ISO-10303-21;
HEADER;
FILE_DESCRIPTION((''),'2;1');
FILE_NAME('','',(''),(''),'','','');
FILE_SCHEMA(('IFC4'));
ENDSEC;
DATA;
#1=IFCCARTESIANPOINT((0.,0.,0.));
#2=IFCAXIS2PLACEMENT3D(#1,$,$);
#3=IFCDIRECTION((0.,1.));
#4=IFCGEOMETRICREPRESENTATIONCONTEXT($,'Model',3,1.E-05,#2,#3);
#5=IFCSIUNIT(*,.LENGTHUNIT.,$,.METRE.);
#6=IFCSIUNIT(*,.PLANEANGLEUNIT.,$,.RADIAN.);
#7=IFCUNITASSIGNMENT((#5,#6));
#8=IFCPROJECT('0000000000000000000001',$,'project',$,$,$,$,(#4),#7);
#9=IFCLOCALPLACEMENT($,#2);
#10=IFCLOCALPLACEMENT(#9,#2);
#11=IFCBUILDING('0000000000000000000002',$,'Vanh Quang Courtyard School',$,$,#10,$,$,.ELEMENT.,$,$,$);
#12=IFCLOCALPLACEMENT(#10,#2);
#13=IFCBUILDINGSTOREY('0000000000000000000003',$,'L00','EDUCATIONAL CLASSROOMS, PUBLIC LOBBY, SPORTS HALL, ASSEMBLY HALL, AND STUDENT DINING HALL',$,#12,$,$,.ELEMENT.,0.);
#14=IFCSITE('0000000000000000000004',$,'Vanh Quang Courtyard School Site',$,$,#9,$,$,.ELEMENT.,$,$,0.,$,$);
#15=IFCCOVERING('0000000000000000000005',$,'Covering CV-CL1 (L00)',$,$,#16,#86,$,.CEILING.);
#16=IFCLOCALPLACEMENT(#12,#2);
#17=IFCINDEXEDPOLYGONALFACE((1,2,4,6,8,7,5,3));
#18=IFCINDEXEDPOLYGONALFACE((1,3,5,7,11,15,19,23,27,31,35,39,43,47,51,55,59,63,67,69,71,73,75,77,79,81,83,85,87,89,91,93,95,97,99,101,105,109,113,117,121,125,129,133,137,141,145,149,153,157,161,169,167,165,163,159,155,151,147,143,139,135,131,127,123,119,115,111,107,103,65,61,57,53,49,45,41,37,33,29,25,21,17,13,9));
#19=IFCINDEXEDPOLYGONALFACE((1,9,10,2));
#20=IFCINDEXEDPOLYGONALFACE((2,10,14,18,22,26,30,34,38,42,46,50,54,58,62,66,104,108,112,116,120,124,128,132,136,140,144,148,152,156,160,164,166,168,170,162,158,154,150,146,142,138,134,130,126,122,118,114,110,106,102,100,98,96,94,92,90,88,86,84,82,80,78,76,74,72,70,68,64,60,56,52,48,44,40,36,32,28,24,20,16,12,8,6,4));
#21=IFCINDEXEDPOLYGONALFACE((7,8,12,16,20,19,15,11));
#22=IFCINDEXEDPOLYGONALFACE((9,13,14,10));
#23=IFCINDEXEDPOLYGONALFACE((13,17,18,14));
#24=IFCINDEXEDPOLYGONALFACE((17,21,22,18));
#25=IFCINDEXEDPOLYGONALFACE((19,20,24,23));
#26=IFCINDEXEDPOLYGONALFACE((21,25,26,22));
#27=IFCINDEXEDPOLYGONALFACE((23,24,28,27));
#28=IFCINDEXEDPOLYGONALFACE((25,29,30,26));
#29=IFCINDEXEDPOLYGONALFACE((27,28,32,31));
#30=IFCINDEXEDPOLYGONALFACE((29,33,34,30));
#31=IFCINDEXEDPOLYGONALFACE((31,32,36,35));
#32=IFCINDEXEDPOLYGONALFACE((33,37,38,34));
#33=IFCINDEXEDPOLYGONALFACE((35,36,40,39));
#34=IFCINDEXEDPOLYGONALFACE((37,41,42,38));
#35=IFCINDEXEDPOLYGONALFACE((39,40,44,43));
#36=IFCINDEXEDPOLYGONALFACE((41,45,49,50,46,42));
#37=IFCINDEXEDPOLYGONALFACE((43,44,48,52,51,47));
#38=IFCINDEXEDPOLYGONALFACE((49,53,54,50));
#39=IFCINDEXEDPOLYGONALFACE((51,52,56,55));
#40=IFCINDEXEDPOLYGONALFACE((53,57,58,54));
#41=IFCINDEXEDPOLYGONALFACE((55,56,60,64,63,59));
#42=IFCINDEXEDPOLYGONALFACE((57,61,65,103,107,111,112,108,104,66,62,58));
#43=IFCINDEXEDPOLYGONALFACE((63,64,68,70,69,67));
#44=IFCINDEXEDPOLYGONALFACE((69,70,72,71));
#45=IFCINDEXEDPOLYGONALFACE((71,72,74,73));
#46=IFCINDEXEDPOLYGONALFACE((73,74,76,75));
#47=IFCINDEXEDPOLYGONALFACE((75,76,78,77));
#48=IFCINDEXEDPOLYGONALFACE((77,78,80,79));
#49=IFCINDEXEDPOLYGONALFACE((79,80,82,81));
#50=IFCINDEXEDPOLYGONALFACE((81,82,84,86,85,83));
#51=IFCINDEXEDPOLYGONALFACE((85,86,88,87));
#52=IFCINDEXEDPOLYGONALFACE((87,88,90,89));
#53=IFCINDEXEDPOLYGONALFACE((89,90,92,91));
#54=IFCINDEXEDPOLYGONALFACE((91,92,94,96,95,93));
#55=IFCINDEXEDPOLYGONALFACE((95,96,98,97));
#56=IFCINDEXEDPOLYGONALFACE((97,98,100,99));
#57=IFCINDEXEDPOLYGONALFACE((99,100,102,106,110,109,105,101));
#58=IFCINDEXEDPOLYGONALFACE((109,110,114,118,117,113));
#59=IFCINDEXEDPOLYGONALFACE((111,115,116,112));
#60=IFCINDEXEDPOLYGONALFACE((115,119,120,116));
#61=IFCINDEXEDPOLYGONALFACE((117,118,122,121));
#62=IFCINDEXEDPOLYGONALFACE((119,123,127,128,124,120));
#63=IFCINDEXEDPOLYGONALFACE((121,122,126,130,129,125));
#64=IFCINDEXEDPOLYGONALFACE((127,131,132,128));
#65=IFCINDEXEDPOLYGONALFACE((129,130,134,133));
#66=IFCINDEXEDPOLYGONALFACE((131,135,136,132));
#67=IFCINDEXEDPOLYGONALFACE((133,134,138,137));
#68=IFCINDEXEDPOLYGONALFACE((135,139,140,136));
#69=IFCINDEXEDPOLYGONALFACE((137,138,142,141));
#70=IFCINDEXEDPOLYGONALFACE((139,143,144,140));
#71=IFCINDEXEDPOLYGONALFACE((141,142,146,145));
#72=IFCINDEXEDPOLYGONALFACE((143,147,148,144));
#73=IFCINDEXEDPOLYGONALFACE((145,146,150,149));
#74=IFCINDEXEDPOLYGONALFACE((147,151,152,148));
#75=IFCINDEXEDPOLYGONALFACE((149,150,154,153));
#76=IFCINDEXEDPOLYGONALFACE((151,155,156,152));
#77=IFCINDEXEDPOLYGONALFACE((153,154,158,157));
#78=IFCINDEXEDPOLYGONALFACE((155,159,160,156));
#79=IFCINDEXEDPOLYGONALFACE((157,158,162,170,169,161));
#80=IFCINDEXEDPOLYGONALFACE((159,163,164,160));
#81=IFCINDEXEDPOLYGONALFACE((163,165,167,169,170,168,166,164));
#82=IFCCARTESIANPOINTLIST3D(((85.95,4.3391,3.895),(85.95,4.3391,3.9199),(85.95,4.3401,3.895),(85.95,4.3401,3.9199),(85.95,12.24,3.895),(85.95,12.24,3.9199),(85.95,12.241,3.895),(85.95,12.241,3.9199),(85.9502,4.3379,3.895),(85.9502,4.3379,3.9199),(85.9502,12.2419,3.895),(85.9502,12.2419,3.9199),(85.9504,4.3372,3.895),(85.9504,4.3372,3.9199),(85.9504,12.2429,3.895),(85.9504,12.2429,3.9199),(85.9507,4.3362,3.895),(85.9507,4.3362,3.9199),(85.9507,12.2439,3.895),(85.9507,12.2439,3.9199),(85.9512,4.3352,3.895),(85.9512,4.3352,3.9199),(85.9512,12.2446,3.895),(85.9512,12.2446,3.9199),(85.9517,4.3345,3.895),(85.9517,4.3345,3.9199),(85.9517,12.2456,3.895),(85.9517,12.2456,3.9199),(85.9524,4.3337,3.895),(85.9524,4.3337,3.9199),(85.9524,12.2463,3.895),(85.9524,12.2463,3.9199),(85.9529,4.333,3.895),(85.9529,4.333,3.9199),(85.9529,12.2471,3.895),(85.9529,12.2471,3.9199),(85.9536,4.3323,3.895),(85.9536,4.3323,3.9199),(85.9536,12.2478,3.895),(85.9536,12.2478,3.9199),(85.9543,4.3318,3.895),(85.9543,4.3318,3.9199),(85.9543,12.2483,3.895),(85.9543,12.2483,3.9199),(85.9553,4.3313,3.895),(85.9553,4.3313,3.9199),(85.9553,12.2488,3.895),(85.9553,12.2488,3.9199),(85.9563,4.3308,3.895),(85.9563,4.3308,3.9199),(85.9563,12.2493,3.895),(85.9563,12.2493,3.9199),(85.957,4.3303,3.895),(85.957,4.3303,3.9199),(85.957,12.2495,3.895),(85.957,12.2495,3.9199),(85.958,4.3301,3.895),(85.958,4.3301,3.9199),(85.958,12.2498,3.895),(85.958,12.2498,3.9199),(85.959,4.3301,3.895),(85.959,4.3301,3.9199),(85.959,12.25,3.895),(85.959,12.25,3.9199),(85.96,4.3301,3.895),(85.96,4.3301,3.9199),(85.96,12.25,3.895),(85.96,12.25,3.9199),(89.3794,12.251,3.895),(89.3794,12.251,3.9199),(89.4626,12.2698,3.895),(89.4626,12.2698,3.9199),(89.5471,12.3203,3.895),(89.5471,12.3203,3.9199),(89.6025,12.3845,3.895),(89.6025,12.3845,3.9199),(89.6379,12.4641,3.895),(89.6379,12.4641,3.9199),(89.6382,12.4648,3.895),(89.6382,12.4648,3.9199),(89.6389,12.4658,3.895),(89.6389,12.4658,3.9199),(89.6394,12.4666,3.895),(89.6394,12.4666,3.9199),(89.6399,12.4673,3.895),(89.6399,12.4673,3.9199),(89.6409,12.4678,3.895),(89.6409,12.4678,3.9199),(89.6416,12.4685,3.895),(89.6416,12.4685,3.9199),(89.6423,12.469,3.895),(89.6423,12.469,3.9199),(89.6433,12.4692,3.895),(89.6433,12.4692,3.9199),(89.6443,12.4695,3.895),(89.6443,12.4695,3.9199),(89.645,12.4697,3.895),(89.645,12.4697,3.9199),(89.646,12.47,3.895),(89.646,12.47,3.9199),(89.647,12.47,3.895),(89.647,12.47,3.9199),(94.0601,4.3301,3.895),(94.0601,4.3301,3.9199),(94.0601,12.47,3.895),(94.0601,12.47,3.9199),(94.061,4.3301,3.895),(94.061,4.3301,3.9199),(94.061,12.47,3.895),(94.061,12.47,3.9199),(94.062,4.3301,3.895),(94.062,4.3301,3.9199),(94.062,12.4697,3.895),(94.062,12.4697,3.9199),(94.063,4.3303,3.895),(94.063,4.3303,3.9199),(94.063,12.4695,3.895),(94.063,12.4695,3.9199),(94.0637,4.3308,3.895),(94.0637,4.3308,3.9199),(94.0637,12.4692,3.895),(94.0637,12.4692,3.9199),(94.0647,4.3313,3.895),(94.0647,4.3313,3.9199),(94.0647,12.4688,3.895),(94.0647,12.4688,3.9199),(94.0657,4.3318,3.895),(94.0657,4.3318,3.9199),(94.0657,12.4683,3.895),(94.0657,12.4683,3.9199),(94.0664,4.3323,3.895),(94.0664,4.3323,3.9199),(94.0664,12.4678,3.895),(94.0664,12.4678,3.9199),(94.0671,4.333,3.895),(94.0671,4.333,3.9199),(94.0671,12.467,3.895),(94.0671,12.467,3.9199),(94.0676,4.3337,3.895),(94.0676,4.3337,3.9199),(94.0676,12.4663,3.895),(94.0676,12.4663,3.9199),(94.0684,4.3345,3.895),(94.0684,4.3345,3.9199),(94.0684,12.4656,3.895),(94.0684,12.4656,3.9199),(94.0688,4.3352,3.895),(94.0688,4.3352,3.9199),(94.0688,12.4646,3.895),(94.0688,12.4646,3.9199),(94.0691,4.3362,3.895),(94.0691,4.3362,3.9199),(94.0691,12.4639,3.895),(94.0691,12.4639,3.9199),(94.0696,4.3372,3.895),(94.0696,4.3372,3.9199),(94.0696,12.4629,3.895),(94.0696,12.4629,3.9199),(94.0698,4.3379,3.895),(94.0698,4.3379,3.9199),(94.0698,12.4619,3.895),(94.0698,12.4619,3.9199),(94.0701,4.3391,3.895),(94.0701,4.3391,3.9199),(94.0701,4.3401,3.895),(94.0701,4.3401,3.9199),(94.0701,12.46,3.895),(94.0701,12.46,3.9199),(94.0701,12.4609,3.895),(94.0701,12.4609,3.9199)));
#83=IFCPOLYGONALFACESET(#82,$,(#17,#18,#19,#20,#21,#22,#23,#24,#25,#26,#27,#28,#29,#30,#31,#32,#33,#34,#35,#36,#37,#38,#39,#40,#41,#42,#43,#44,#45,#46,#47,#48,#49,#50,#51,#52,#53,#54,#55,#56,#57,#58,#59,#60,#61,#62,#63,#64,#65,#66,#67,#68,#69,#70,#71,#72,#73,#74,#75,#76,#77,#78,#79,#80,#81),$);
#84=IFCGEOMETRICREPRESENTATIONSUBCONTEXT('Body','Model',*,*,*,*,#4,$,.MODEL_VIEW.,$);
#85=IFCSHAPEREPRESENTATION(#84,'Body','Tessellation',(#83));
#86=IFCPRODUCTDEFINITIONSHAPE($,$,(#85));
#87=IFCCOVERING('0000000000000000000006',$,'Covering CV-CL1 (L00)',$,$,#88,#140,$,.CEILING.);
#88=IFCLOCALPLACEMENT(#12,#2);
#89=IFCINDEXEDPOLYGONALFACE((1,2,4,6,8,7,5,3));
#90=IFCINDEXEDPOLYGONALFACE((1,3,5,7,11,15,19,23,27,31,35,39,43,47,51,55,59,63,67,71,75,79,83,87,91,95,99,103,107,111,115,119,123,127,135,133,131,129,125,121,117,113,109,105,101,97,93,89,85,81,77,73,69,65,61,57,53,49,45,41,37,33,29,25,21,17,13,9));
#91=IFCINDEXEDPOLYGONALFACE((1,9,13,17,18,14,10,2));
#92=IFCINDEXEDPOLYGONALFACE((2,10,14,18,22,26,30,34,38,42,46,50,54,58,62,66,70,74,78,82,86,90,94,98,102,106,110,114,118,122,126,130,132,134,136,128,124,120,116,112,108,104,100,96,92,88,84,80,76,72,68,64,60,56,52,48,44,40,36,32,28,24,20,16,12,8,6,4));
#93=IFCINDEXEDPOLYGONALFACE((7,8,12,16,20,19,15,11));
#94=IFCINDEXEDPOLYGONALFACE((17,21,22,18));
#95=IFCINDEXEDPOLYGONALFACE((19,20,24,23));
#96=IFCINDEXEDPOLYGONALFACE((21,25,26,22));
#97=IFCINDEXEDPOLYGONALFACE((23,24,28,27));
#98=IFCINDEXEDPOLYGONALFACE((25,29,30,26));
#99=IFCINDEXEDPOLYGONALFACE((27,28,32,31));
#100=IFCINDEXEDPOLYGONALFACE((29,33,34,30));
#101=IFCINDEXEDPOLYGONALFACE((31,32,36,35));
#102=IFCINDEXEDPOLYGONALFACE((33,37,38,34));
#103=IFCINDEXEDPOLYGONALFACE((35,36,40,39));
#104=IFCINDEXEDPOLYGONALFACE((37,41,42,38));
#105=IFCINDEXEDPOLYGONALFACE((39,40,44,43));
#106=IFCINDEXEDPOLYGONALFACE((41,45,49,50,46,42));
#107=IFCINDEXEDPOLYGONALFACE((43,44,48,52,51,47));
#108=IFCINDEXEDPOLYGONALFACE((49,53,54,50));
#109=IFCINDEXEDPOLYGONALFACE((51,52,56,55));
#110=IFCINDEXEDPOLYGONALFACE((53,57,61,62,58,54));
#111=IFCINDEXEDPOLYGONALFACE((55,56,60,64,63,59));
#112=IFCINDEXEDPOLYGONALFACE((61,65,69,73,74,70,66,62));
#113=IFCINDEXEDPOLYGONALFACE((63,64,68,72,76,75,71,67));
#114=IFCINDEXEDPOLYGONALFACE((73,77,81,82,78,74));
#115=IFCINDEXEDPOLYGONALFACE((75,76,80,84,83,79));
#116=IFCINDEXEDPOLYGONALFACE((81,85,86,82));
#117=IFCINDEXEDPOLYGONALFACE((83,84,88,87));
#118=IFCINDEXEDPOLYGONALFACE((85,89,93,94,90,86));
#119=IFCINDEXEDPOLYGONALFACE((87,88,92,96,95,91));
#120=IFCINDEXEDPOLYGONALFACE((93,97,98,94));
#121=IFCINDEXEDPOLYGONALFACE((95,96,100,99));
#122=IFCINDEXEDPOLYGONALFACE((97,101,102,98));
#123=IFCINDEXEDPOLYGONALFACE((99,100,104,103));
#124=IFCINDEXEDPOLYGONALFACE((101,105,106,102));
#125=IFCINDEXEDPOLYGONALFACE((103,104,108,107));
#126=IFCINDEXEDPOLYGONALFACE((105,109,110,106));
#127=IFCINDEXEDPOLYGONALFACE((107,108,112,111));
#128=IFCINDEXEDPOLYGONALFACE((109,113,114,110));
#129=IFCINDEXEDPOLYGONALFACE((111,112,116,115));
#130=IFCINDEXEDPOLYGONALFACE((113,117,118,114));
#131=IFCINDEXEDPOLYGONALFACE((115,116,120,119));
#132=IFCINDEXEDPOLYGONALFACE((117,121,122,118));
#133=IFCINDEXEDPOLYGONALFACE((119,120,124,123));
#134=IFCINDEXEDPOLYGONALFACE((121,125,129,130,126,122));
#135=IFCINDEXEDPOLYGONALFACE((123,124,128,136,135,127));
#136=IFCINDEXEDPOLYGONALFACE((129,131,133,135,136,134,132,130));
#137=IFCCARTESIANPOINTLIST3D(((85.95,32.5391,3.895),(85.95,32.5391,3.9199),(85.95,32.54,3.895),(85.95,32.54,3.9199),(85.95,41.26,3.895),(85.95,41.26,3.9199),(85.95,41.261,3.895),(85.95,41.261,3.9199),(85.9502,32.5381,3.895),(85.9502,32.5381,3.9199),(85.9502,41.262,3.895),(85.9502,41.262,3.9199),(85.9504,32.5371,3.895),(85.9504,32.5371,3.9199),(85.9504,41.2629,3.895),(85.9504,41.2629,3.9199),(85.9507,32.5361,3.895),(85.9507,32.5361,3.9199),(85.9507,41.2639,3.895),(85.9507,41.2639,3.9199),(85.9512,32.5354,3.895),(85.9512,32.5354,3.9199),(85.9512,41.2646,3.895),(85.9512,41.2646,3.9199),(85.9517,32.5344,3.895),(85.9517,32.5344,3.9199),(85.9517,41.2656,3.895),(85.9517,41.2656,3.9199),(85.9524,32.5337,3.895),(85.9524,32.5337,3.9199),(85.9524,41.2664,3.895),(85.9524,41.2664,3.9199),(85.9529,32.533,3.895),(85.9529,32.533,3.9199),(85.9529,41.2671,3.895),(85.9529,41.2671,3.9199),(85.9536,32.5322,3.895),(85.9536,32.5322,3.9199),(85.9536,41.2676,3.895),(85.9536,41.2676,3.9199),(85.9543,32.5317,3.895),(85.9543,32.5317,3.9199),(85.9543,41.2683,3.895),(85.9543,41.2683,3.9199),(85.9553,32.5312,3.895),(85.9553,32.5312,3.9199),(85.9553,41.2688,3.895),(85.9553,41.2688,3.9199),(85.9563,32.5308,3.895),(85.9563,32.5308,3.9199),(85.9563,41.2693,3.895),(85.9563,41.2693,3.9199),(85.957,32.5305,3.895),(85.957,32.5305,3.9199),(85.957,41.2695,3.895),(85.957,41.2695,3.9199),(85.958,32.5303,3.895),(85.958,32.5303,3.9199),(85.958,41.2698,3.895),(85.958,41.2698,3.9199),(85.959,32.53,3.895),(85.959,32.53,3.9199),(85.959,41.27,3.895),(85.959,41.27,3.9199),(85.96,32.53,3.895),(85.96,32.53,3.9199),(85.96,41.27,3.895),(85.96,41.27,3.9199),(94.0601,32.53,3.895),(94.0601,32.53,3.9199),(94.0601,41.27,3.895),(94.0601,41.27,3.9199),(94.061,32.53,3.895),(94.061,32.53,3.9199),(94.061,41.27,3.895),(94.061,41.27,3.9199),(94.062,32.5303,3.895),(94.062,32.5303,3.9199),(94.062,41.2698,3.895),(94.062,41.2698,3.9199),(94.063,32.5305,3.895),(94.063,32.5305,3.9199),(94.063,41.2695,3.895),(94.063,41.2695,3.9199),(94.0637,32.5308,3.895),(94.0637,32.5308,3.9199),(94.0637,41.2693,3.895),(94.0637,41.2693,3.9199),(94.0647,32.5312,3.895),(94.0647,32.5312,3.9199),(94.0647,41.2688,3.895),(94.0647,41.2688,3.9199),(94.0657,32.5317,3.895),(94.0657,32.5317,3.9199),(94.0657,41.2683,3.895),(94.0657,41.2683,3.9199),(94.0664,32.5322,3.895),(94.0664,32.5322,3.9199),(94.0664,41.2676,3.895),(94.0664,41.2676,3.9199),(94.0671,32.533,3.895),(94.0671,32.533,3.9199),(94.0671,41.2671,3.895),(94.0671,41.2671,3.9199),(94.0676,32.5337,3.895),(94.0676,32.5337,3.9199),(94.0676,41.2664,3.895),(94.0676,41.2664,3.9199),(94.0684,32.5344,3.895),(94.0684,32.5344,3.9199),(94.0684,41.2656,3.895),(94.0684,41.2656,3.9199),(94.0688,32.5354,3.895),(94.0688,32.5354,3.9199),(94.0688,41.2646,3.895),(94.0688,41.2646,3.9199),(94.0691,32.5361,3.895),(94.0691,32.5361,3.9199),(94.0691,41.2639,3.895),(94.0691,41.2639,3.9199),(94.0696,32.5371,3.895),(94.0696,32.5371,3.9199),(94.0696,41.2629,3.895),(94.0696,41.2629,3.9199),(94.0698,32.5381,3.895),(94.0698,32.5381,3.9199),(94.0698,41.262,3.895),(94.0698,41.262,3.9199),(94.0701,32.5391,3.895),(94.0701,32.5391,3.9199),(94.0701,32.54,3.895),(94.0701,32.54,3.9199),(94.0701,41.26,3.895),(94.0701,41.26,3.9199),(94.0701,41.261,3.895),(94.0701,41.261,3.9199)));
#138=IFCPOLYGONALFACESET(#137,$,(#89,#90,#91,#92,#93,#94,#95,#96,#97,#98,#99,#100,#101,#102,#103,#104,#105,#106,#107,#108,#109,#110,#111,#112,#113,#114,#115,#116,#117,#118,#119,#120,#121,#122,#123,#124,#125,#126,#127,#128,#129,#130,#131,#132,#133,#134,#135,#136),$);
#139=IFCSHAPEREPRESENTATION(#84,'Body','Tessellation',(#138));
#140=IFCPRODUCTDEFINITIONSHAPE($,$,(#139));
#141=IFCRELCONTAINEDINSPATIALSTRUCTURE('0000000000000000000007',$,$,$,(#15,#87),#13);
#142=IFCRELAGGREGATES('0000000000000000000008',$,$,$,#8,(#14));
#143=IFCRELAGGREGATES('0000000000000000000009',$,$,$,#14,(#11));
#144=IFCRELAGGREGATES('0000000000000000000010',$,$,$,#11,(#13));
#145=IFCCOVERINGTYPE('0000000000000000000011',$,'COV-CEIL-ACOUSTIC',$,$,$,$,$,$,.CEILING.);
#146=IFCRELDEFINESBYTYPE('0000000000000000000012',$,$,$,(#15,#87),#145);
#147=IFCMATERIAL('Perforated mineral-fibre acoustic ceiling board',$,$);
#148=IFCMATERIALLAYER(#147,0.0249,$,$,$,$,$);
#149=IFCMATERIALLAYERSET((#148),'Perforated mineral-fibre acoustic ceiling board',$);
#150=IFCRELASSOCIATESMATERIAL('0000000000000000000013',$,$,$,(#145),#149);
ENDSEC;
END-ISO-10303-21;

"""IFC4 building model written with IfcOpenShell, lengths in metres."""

from ifc_helpers import new_model, si_unit, direction, frame, origin, place, context, subcontext, project, spatial, polyline, outline, extrude, material, layer, layer_set, type_object, element, save


model = new_model("IFC4")

# Units and contexts
model_context = context("Model", 3, precision=1e-05, world=origin(), true_north=direction((0.0, 1.0)))
body_context = subcontext(model_context, "Body", "Model", "MODEL_VIEW")
ifc_project = project(units=[si_unit("LENGTHUNIT", "METRE"), si_unit("PLANEANGLEUNIT", "RADIAN")], contexts=[model_context])

# Site, building, storey
site_placement = place(None, origin())
site = spatial("IfcSite", under=ifc_project, at=site_placement, Name="Vanh Quang Courtyard School Site", CompositionType="ELEMENT", RefElevation=0.0)
building_placement = place(site_placement, origin())
building = spatial("IfcBuilding", under=site, at=building_placement, Name="Vanh Quang Courtyard School", CompositionType="ELEMENT")
storey_placement = place(building_placement, origin())
storey = spatial("IfcBuildingStorey", under=building, at=storey_placement, Name="L00", Description="EDUCATIONAL CLASSROOMS, PUBLIC LOBBY, SPORTS HALL, ASSEMBLY HALL, AND STUDENT DINING HALL", CompositionType="ELEMENT", Elevation=0.0)

# Coverings
ifc_material_1 = material(Name="Perforated mineral-fibre acoustic ceiling board")
ifc_layer_1 = layer(ifc_material_1, 0.0249)
ifc_layer_set_1 = layer_set([ifc_layer_1], Name="Perforated mineral-fibre acoustic ceiling board")
covering_type = type_object("IfcCoveringType", Name="COV-CEIL-ACOUSTIC", PredefinedType="CEILING", material=ifc_layer_set_1)
covering_1_placement = place(storey_placement, frame((0.0, 0.0, 3.895)))
element("IfcCovering", 1, at=covering_1_placement, inside=storey, type_object=covering_type, Name="Covering CV-CL1 (L00)", PredefinedType="CEILING", context=body_context, shape_type="SweptSolid", body=[
    extrude(outline(polyline([(85.96, 4.3301), (85.959, 4.3301), (85.958, 4.3301), (85.957, 4.3303), (85.9563, 4.3308), (85.9553, 4.3313), (85.9543, 4.3318), (85.9536, 4.3323), (85.9529, 4.333), (85.9524, 4.3337), (85.9517, 4.3345), (85.9512, 4.3352), (85.9507, 4.3362), (85.9504, 4.3372), (85.9502, 4.3379), (85.95, 4.3391), (85.95, 4.3401), (85.95, 12.24), (85.95, 12.241), (85.9502, 12.2419), (85.9504, 12.2429), (85.9507, 12.2439), (85.9512, 12.2446), (85.9517, 12.2456), (85.9524, 12.2463), (85.9529, 12.2471), (85.9536, 12.2478), (85.9543, 12.2483), (85.9553, 12.2488), (85.9563, 12.2493), (85.957, 12.2495), (85.958, 12.2498), (85.959, 12.25), (85.96, 12.25), (89.3794, 12.251), (89.4626, 12.2698), (89.5471, 12.3203), (89.6025, 12.3845), (89.6379, 12.4641), (89.6382, 12.4648), (89.6389, 12.4658), (89.6394, 12.4666), (89.6399, 12.4673), (89.6409, 12.4678), (89.6416, 12.4685), (89.6423, 12.469), (89.6433, 12.4692), (89.6443, 12.4695), (89.645, 12.4697), (89.646, 12.47), (89.647, 12.47), (94.0601, 12.47), (94.061, 12.47), (94.062, 12.4697), (94.063, 12.4695), (94.0637, 12.4692), (94.0647, 12.4688), (94.0657, 12.4683), (94.0664, 12.4678), (94.0671, 12.467), (94.0676, 12.4663), (94.0684, 12.4656), (94.0688, 12.4646), (94.0691, 12.4639), (94.0696, 12.4629), (94.0698, 12.4619), (94.0701, 12.4609), (94.0701, 12.46), (94.0701, 4.3401), (94.0701, 4.3391), (94.0698, 4.3379), (94.0696, 4.3372), (94.0691, 4.3362), (94.0688, 4.3352), (94.0684, 4.3345), (94.0676, 4.3337), (94.0671, 4.333), (94.0664, 4.3323), (94.0657, 4.3318), (94.0647, 4.3313), (94.0637, 4.3308), (94.063, 4.3303), (94.062, 4.3301), (94.061, 4.3301), (94.0601, 4.3301), (85.96, 4.3301)])), origin(), (0.0, 0.0, 1.0), 0.0249),
])
covering_2_placement = place(storey_placement, frame((0.0, 0.0, 3.895)))
element("IfcCovering", 2, at=covering_2_placement, inside=storey, type_object=covering_type, Name="Covering CV-CL1 (L00)", PredefinedType="CEILING", context=body_context, shape_type="SweptSolid", body=[
    extrude(outline(polyline([(85.96, 32.53), (85.959, 32.53), (85.958, 32.5303), (85.957, 32.5305), (85.9563, 32.5308), (85.9553, 32.5312), (85.9543, 32.5317), (85.9536, 32.5322), (85.9529, 32.533), (85.9524, 32.5337), (85.9517, 32.5344), (85.9512, 32.5354), (85.9507, 32.5361), (85.9504, 32.5371), (85.9502, 32.5381), (85.95, 32.5391), (85.95, 32.54), (85.95, 41.26), (85.95, 41.261), (85.9502, 41.262), (85.9504, 41.2629), (85.9507, 41.2639), (85.9512, 41.2646), (85.9517, 41.2656), (85.9524, 41.2664), (85.9529, 41.2671), (85.9536, 41.2676), (85.9543, 41.2683), (85.9553, 41.2688), (85.9563, 41.2693), (85.957, 41.2695), (85.958, 41.2698), (85.959, 41.27), (85.96, 41.27), (94.0601, 41.27), (94.061, 41.27), (94.062, 41.2698), (94.063, 41.2695), (94.0637, 41.2693), (94.0647, 41.2688), (94.0657, 41.2683), (94.0664, 41.2676), (94.0671, 41.2671), (94.0676, 41.2664), (94.0684, 41.2656), (94.0688, 41.2646), (94.0691, 41.2639), (94.0696, 41.2629), (94.0698, 41.262), (94.0701, 41.261), (94.0701, 41.26), (94.0701, 32.54), (94.0701, 32.5391), (94.0698, 32.5381), (94.0696, 32.5371), (94.0691, 32.5361), (94.0688, 32.5354), (94.0684, 32.5344), (94.0676, 32.5337), (94.0671, 32.533), (94.0664, 32.5322), (94.0657, 32.5317), (94.0647, 32.5312), (94.0637, 32.5308), (94.063, 32.5305), (94.062, 32.5303), (94.061, 32.53), (94.0601, 32.53), (85.96, 32.53)])), origin(), (0.0, 0.0, 1.0), 0.0249),
])

save(model, "model.ifc")
